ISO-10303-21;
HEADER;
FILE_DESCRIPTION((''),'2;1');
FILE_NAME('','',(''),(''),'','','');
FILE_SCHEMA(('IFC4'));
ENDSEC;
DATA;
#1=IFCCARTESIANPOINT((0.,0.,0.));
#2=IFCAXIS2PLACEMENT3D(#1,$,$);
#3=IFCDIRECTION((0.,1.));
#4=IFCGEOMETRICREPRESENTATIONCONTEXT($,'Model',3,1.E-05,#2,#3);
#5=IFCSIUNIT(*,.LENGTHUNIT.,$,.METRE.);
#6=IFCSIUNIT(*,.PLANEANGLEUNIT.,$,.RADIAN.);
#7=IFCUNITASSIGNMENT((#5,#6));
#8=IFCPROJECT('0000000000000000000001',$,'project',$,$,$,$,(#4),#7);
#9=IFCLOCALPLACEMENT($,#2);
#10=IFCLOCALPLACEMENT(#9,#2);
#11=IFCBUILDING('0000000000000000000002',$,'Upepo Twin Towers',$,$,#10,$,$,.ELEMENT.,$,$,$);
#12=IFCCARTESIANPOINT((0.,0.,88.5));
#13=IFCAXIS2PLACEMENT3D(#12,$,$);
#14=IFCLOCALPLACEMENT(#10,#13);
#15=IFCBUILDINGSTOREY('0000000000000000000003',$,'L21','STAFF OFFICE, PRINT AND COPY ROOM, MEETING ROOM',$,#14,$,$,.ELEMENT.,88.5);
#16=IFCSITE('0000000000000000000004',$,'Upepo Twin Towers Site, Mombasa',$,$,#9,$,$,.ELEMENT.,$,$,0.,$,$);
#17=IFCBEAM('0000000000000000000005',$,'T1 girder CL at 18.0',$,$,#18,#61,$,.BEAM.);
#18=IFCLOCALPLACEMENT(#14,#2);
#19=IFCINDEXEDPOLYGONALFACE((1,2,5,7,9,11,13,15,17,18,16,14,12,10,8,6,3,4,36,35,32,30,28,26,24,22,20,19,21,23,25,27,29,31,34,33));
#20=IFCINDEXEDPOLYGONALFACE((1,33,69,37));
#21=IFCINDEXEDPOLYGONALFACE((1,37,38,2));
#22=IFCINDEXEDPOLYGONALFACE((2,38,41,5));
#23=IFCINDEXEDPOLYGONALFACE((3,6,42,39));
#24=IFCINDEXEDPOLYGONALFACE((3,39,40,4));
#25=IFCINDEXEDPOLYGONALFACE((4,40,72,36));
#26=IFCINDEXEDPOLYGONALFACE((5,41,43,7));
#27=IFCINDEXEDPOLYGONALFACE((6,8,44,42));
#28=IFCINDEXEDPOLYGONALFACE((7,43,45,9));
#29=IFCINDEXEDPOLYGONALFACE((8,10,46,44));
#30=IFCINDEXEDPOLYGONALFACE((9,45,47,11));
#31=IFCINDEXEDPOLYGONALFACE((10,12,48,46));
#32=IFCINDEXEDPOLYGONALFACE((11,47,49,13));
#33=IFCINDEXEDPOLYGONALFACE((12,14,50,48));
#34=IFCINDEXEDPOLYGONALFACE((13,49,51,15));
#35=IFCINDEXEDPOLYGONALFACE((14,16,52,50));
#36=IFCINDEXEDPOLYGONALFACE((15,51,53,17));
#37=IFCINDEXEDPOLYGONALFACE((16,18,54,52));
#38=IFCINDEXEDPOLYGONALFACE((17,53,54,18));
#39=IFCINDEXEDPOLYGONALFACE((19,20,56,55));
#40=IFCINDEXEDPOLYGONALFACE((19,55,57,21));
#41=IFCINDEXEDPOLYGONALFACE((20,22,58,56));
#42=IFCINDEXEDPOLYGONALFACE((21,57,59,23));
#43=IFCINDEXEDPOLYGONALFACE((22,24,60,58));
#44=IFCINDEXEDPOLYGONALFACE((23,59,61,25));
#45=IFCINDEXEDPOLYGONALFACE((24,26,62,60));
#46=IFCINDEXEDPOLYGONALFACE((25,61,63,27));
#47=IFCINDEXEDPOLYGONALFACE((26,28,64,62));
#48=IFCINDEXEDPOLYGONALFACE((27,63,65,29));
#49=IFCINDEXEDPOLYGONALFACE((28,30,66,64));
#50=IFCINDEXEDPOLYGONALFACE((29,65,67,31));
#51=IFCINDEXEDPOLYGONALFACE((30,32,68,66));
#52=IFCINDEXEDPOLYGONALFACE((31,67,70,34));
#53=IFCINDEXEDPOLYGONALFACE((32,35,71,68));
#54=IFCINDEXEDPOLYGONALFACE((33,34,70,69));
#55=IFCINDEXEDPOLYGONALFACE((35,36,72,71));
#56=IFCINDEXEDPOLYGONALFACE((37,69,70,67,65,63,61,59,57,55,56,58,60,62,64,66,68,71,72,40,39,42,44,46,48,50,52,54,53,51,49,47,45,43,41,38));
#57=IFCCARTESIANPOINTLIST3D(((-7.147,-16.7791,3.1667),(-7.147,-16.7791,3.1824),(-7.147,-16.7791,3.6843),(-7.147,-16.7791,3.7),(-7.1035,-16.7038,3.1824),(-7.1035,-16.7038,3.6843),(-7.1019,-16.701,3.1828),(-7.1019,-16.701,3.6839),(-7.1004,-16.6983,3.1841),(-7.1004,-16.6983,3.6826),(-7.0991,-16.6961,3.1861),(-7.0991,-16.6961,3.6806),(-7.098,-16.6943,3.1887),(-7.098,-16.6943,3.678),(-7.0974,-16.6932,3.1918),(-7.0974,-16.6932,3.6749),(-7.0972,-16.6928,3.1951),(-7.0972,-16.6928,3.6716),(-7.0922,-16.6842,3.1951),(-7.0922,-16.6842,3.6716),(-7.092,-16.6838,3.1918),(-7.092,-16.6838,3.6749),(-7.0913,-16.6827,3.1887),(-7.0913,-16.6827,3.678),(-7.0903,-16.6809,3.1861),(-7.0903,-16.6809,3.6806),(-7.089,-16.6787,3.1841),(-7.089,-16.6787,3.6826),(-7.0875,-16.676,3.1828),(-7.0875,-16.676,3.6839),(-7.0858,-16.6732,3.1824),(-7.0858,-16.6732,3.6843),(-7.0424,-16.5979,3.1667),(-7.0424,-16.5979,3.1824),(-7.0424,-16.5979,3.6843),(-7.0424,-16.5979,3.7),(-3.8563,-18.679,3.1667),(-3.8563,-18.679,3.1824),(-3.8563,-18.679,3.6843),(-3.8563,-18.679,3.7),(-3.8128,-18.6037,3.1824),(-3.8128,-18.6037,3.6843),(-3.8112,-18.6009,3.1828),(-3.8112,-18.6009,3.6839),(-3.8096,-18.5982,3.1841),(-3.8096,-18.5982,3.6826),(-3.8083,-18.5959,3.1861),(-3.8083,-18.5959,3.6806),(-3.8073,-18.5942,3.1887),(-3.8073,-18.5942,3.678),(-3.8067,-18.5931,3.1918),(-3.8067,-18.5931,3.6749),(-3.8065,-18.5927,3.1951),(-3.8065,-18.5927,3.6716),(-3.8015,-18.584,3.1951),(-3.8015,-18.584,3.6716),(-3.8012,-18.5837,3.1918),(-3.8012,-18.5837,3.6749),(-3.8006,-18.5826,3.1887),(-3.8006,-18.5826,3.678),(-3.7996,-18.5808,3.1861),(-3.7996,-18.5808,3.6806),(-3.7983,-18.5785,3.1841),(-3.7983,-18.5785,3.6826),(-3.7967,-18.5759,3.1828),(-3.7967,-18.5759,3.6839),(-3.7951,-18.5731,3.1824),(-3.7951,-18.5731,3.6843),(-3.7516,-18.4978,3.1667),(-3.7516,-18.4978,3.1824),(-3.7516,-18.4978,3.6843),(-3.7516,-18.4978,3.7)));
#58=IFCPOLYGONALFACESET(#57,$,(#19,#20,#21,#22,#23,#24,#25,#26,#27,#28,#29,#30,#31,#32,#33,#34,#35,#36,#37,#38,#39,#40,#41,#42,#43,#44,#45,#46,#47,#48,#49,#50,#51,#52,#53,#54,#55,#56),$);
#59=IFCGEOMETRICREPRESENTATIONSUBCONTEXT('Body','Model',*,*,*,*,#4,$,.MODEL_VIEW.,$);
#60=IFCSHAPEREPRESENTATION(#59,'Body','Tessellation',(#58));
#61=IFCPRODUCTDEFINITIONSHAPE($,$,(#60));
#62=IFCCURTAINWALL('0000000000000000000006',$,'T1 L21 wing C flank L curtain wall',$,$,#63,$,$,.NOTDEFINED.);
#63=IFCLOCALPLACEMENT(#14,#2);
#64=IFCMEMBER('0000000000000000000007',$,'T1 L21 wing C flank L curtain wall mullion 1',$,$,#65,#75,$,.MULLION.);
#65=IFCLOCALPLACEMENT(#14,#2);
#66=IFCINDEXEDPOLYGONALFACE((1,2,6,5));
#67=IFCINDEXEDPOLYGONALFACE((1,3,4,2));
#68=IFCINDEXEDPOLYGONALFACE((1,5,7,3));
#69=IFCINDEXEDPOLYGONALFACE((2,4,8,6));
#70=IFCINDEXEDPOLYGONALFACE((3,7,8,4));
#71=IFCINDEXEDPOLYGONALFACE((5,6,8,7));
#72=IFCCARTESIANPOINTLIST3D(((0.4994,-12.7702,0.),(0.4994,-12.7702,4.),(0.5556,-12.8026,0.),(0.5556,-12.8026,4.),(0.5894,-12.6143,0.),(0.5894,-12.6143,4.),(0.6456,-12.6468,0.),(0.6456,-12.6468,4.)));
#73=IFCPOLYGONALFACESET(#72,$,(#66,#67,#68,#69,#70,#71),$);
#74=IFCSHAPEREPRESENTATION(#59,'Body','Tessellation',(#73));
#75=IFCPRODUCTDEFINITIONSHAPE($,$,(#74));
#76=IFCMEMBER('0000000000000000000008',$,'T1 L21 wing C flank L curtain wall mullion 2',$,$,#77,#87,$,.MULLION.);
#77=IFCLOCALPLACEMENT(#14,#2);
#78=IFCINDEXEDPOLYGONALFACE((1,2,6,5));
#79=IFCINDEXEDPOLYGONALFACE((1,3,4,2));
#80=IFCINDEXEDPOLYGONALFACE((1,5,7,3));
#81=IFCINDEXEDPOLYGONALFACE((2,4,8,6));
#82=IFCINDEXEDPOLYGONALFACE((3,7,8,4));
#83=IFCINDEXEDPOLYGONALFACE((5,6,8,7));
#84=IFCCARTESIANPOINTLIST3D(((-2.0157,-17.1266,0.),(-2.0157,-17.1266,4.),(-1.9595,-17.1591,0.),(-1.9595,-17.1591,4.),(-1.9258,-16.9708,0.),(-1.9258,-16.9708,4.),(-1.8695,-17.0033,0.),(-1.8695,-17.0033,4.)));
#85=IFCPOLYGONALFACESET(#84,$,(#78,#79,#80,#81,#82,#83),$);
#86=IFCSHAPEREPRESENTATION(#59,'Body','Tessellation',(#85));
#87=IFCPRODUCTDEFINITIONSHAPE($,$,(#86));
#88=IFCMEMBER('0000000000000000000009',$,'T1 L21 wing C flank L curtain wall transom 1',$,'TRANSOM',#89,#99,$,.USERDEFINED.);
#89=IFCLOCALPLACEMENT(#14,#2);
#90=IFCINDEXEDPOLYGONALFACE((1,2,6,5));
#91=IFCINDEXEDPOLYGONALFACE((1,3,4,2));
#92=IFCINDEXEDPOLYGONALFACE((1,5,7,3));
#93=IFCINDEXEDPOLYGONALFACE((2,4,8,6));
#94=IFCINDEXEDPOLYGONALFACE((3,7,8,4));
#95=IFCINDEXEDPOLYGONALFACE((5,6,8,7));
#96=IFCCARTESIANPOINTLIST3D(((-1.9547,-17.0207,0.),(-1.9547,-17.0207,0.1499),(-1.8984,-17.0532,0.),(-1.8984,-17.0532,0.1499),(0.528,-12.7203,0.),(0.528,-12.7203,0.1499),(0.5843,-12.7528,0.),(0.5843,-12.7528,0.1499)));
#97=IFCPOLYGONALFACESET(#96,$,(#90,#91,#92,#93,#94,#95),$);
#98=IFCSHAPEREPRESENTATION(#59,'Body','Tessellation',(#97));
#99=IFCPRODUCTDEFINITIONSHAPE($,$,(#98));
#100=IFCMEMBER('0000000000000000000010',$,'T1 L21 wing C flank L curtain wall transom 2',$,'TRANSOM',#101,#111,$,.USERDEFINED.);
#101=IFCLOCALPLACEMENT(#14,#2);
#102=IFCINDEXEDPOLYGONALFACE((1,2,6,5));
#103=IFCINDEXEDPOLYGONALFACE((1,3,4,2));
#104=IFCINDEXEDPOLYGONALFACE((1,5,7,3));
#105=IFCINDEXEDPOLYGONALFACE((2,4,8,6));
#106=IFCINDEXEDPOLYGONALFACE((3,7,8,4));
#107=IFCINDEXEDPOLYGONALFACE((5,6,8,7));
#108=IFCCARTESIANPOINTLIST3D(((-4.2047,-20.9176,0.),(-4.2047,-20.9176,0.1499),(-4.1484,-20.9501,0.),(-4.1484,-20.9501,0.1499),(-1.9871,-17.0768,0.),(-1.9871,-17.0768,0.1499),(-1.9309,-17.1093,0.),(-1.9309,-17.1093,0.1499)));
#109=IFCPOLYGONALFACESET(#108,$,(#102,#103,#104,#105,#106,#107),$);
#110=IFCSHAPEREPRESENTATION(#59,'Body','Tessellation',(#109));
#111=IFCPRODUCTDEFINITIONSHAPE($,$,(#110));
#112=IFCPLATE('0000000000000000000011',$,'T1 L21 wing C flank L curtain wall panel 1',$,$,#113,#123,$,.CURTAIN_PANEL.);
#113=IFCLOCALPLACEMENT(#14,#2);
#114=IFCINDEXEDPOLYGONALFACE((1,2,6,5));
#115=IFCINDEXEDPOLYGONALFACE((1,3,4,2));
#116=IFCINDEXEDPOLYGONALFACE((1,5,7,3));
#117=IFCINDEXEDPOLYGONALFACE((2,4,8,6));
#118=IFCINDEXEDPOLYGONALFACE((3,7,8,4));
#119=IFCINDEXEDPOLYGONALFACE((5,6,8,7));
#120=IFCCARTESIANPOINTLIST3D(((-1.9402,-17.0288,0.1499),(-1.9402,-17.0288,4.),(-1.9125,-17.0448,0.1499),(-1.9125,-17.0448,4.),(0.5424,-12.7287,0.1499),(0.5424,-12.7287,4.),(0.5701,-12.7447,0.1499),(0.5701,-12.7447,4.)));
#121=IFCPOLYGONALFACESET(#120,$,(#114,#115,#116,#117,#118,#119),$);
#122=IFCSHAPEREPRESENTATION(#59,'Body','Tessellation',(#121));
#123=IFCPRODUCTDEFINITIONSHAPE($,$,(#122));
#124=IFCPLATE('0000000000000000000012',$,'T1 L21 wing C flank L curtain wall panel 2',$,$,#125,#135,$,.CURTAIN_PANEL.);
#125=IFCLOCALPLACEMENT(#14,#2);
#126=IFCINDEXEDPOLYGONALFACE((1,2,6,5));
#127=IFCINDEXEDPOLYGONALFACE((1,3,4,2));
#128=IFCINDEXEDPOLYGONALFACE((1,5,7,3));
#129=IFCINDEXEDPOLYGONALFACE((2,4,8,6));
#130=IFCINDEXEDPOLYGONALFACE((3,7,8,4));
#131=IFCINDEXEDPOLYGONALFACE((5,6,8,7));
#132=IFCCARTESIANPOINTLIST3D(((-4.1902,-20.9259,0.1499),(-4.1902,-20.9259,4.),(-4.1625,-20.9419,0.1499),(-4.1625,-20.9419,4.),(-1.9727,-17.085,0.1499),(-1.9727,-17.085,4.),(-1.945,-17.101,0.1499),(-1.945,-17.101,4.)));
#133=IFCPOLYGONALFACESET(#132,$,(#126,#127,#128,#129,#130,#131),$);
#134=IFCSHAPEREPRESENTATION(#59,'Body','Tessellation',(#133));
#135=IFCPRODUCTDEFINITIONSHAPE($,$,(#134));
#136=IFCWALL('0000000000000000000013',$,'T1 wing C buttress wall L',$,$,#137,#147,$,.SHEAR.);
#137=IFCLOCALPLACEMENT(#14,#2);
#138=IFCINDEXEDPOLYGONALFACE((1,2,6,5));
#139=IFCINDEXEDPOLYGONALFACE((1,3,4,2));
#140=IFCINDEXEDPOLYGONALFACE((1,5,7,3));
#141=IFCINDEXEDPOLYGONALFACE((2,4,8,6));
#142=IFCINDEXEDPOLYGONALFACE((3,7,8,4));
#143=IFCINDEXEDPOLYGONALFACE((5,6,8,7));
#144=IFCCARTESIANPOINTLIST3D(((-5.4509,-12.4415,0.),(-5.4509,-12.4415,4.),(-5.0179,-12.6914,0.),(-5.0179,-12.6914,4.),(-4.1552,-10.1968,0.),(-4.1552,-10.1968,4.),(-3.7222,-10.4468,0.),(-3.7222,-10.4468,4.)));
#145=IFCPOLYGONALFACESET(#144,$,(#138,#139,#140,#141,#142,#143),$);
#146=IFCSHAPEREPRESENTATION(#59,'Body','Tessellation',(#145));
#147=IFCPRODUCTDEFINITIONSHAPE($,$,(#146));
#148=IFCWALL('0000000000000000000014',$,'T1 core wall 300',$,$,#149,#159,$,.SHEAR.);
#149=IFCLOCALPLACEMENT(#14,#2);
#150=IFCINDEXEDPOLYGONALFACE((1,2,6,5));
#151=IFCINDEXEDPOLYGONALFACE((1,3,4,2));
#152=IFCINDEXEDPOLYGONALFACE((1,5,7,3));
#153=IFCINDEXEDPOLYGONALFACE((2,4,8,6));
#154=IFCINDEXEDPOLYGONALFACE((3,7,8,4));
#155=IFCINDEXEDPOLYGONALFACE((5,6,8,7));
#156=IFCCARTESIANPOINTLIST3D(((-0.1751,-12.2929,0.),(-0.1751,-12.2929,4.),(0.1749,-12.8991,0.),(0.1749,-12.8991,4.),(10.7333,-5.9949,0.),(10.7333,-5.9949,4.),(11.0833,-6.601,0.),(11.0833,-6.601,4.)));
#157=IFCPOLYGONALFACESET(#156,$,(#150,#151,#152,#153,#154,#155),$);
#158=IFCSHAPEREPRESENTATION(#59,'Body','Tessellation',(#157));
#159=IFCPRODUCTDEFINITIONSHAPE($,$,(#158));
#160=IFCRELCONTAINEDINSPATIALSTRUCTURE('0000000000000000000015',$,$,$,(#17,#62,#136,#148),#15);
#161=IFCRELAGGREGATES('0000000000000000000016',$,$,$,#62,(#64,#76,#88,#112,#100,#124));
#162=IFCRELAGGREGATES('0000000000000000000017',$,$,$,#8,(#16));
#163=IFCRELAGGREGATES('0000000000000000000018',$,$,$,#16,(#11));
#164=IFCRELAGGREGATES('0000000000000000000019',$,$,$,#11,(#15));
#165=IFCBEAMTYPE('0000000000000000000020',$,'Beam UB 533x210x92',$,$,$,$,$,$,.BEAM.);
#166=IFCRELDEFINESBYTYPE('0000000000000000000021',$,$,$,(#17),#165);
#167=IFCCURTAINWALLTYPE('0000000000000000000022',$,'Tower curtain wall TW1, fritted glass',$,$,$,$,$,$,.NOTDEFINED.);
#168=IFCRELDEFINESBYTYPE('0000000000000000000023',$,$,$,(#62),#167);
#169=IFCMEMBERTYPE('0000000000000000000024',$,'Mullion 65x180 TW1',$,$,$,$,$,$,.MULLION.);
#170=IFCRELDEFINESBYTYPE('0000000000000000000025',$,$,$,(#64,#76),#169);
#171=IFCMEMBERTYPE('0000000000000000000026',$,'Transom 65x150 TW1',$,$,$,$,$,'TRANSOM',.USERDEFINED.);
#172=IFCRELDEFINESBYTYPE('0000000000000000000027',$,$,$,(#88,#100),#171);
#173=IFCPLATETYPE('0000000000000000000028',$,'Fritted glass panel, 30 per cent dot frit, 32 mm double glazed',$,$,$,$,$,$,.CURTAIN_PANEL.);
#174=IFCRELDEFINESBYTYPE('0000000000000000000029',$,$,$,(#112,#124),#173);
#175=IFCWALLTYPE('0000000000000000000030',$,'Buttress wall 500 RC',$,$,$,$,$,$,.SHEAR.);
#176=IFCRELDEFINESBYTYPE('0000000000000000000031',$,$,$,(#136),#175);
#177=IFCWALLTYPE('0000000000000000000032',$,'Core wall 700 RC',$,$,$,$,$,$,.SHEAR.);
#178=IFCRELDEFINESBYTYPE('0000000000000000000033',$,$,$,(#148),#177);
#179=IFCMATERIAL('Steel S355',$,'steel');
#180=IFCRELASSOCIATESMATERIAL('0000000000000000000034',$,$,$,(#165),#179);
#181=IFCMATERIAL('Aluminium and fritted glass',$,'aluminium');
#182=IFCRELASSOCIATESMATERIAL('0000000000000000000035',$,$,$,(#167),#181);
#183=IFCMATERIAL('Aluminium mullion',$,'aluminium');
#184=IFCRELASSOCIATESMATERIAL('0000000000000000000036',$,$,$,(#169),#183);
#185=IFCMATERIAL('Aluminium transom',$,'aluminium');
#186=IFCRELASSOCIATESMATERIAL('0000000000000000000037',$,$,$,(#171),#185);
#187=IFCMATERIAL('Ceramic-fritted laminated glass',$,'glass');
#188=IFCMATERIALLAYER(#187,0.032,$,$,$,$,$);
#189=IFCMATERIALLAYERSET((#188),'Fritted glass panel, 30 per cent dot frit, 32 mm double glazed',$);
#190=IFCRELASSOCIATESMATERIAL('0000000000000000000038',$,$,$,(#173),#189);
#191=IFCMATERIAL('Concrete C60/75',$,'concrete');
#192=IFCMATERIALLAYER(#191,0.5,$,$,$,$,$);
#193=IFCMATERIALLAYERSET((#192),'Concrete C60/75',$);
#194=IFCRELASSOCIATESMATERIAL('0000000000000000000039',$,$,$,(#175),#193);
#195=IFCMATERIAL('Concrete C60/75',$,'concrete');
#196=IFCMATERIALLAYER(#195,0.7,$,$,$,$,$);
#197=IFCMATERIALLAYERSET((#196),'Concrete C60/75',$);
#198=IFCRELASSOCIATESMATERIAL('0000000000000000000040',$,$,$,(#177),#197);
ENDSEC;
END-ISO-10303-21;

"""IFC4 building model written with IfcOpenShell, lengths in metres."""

from ifc_helpers import new_model, si_unit, direction, frame, frame_2d, origin, origin_2d, place, context, subcontext, project, spatial, rectangle, i_section, extrude, material, layer, layer_set, material_profile, profile_set, type_object, element, aggregate, save


model = new_model("IFC4")

# Units and contexts
model_context = context("Model", 3, precision=1e-05, world=origin(), true_north=direction((0.0, 1.0)))
body_context = subcontext(model_context, "Body", "Model", "MODEL_VIEW")
ifc_project = project(units=[si_unit("LENGTHUNIT", "METRE"), si_unit("PLANEANGLEUNIT", "RADIAN")], contexts=[model_context])

# Site, building, storey
site_placement = place(None, origin())
site = spatial("IfcSite", under=ifc_project, at=site_placement, Name="Upepo Twin Towers Site, Mombasa", CompositionType="ELEMENT", RefElevation=0.0)
building_placement = place(site_placement, origin())
building = spatial("IfcBuilding", under=site, at=building_placement, Name="Upepo Twin Towers", CompositionType="ELEMENT")
storey_placement = place(building_placement, frame((0.0, 0.0, 88.5)))
storey = spatial("IfcBuildingStorey", under=building, at=storey_placement, Name="L21", Description="STAFF OFFICE, PRINT AND COPY ROOM, MEETING ROOM", CompositionType="ELEMENT", Elevation=88.5)

# Beam
ifc_material_1 = material(Name="Steel S355", Category="steel")
ifc_material_profile_1 = material_profile(ifc_material_1, i_section(OverallWidth=0.2092, OverallDepth=0.5332, WebThickness=0.01, FlangeThickness=0.0156, FilletRadius=0.0127, at=origin_2d()), Name="UB 533x210x92")
ifc_profile_set_1 = profile_set([ifc_material_profile_1], Name="Steel S355")
beam_type_1 = type_object("IfcBeamType", Name="Beam UB 533x210x92", PredefinedType="BEAM", material=ifc_profile_set_1)
beam_1_placement = place(storey_placement, frame((-3.804, -18.5884, 3.4333), z_axis=(-0.866028, 0.499995, 0.0), x_axis=(-0.499995, -0.866028, 0.0)))
element("IfcBeam", 1, at=beam_1_placement, inside=storey, type_object=beam_type_1, Name="T1 girder CL at 18.0", PredefinedType="BEAM", context=body_context, shape_type="SweptSolid", body=[
    extrude(i_section(OverallWidth=0.2092, OverallDepth=0.5332, WebThickness=0.01, FlangeThickness=0.0156, FilletRadius=0.0127, at=origin_2d()), origin(), (0.0, 0.0, 1.0), 3.7998),
])

# Curtain wall, members, plates
ifc_material_2 = material(Name="Aluminium and fritted glass", Category="aluminium")
curtain_wall_type = type_object("IfcCurtainWallType", Name="Tower curtain wall TW1, fritted glass", PredefinedType="NOTDEFINED", material=ifc_material_2)
curtain_wall_placement = place(storey_placement, origin())
curtain_wall = element("IfcCurtainWall", 2, at=curtain_wall_placement, inside=storey, type_object=curtain_wall_type, Name="T1 L21 wing C flank L curtain wall", PredefinedType="NOTDEFINED")
ifc_material_3 = material(Name="Aluminium mullion", Category="aluminium")
ifc_material_profile_2 = material_profile(ifc_material_3, rectangle(XDim=0.0649, YDim=0.1799, at=origin_2d()), Name="MULLION 65x180")
ifc_profile_set_2 = profile_set([ifc_material_profile_2], Name="Aluminium mullion")
member_type_1 = type_object("IfcMemberType", Name="Mullion 65x180 TW1", PredefinedType="MULLION", material=ifc_profile_set_2)
member_1_placement = place(storey_placement, frame((0.5725, -12.7085, 0.0), z_axis=(0.0, 0.0, 1.0), x_axis=(0.866025, -0.5, 0.0)))
member_1 = element("IfcMember", 3, at=member_1_placement, type_object=member_type_1, Name="T1 L21 wing C flank L curtain wall mullion 1", PredefinedType="MULLION", context=body_context, shape_type="SweptSolid", body=[
    extrude(rectangle(XDim=0.0649, YDim=0.1799, at=origin_2d()), origin(), (0.0, 0.0, 1.0), 4.0),
])
member_2_placement = place(storey_placement, frame((-1.9426, -17.0649, 0.0), z_axis=(0.0, 0.0, 1.0), x_axis=(0.866025, -0.5, 0.0)))
member_2 = element("IfcMember", 4, at=member_2_placement, type_object=member_type_1, Name="T1 L21 wing C flank L curtain wall mullion 2", PredefinedType="MULLION", context=body_context, shape_type="SweptSolid", body=[
    extrude(rectangle(XDim=0.0649, YDim=0.1799, at=origin_2d()), origin(), (0.0, 0.0, 1.0), 4.0),
])
ifc_material_4 = material(Name="Aluminium transom", Category="aluminium")
ifc_material_profile_3 = material_profile(ifc_material_4, rectangle(XDim=0.0649, YDim=0.1499, at=origin_2d()), Name="TRANSOM 65x150")
ifc_profile_set_3 = profile_set([ifc_material_profile_3], Name="Aluminium transom")
member_type_2 = type_object("IfcMemberType", Name="Transom 65x150 TW1", ElementType="TRANSOM", PredefinedType="USERDEFINED", material=ifc_profile_set_3)
member_3_placement = place(storey_placement, frame((0.5562, -12.7366, 0.075), z_axis=(-0.499983, -0.866035, 0.0), x_axis=(0.866035, -0.499983, 0.0)))
member_3 = element("IfcMember", 5, at=member_3_placement, type_object=member_type_2, Name="T1 L21 wing C flank L curtain wall transom 1", ObjectType="TRANSOM", PredefinedType="USERDEFINED", context=body_context, shape_type="SweptSolid", body=[
    extrude(rectangle(XDim=0.0649, YDim=0.1499, at=origin_2d()), origin(), (0.0, 0.0, 1.0), 4.9656),
])
member_4_placement = place(storey_placement, frame((-1.959, -17.093, 0.075), z_axis=(-0.500005, -0.866022, 0.0), x_axis=(0.866022, -0.500005, 0.0)))
member_4 = element("IfcMember", 6, at=member_4_placement, type_object=member_type_2, Name="T1 L21 wing C flank L curtain wall transom 2", ObjectType="TRANSOM", PredefinedType="USERDEFINED", context=body_context, shape_type="SweptSolid", body=[
    extrude(rectangle(XDim=0.0649, YDim=0.1499, at=origin_2d()), origin(), (0.0, 0.0, 1.0), 4.4351),
])
ifc_material_5 = material(Name="Ceramic-fritted laminated glass", Category="glass")
ifc_layer_1 = layer(ifc_material_5, 0.032)
ifc_layer_set_1 = layer_set([ifc_layer_1], Name="Fritted glass panel, 30 per cent dot frit, 32 mm double glazed")
plate_type = type_object("IfcPlateType", Name="Fritted glass panel, 30 per cent dot frit, 32 mm double glazed", PredefinedType="CURTAIN_PANEL", material=ifc_layer_set_1)
plate_1_placement = place(storey_placement, frame((-0.6851, -14.8867, 0.1499), z_axis=(0.0, 0.0, 1.0), x_axis=(-0.5, -0.866025, 0.0)))
plate_1 = element("IfcPlate", 7, at=plate_1_placement, type_object=plate_type, Name="T1 L21 wing C flank L curtain wall panel 1", PredefinedType="CURTAIN_PANEL", context=body_context, shape_type="SweptSolid", body=[
    extrude(rectangle(XDim=4.9653, YDim=0.032, at=origin_2d()), origin(), (0.0, 0.0, 1.0), 3.8501),
])
plate_2_placement = place(storey_placement, frame((-3.0676, -19.0134, 0.1499), z_axis=(0.0, 0.0, 1.0), x_axis=(-0.5, -0.866025, 0.0)))
plate_2 = element("IfcPlate", 8, at=plate_2_placement, type_object=plate_type, Name="T1 L21 wing C flank L curtain wall panel 2", PredefinedType="CURTAIN_PANEL", context=body_context, shape_type="SweptSolid", body=[
    extrude(rectangle(XDim=4.4351, YDim=0.032, at=origin_2d()), origin(), (0.0, 0.0, 1.0), 3.8501),
])
aggregate(curtain_wall, [member_1, member_2, member_3, plate_1, member_4, plate_2])

# Walls
ifc_material_6 = material(Name="Concrete C60/75", Category="concrete")
ifc_layer_2 = layer(ifc_material_6, 0.5)
ifc_layer_set_2 = layer_set([ifc_layer_2], Name="Concrete C60/75")
wall_type_1 = type_object("IfcWallType", Name="Buttress wall 500 RC", PredefinedType="SHEAR", material=ifc_layer_set_2)
wall_1_placement = place(storey_placement, frame((-3.9387, -10.3218, 0.0), z_axis=(0.0, 0.0, 1.0), x_axis=(-0.499918, -0.866073, 0.0)))
element("IfcWall", 9, at=wall_1_placement, inside=storey, type_object=wall_type_1, Name="T1 wing C buttress wall L", PredefinedType="SHEAR", context=body_context, shape_type="SweptSolid", body=[
    extrude(rectangle(XDim=2.5918, YDim=0.5, at=frame_2d((1.2959, 0.0))), origin(), (0.0, 0.0, 1.0), 4.0),
])
ifc_material_7 = material(Name="Concrete C60/75", Category="concrete")
ifc_layer_3 = layer(ifc_material_7, 0.7)
ifc_layer_set_3 = layer_set([ifc_layer_3], Name="Concrete C60/75")
wall_type_2 = type_object("IfcWallType", Name="Core wall 700 RC", PredefinedType="SHEAR", material=ifc_layer_set_3)
wall_2_placement = place(storey_placement, frame((0.0, -12.5959, 0.0), z_axis=(0.0, 0.0, 1.0), x_axis=(0.866022, 0.500006, 0.0)))
element("IfcWall", 10, at=wall_2_placement, inside=storey, type_object=wall_type_2, Name="T1 core wall 300", PredefinedType="SHEAR", context=body_context, shape_type="SweptSolid", body=[
    extrude(rectangle(XDim=12.5959, YDim=0.7, at=frame_2d((6.2979, 0.0))), origin(), (0.0, 0.0, 1.0), 4.0),
])

save(model, "model.ifc")
